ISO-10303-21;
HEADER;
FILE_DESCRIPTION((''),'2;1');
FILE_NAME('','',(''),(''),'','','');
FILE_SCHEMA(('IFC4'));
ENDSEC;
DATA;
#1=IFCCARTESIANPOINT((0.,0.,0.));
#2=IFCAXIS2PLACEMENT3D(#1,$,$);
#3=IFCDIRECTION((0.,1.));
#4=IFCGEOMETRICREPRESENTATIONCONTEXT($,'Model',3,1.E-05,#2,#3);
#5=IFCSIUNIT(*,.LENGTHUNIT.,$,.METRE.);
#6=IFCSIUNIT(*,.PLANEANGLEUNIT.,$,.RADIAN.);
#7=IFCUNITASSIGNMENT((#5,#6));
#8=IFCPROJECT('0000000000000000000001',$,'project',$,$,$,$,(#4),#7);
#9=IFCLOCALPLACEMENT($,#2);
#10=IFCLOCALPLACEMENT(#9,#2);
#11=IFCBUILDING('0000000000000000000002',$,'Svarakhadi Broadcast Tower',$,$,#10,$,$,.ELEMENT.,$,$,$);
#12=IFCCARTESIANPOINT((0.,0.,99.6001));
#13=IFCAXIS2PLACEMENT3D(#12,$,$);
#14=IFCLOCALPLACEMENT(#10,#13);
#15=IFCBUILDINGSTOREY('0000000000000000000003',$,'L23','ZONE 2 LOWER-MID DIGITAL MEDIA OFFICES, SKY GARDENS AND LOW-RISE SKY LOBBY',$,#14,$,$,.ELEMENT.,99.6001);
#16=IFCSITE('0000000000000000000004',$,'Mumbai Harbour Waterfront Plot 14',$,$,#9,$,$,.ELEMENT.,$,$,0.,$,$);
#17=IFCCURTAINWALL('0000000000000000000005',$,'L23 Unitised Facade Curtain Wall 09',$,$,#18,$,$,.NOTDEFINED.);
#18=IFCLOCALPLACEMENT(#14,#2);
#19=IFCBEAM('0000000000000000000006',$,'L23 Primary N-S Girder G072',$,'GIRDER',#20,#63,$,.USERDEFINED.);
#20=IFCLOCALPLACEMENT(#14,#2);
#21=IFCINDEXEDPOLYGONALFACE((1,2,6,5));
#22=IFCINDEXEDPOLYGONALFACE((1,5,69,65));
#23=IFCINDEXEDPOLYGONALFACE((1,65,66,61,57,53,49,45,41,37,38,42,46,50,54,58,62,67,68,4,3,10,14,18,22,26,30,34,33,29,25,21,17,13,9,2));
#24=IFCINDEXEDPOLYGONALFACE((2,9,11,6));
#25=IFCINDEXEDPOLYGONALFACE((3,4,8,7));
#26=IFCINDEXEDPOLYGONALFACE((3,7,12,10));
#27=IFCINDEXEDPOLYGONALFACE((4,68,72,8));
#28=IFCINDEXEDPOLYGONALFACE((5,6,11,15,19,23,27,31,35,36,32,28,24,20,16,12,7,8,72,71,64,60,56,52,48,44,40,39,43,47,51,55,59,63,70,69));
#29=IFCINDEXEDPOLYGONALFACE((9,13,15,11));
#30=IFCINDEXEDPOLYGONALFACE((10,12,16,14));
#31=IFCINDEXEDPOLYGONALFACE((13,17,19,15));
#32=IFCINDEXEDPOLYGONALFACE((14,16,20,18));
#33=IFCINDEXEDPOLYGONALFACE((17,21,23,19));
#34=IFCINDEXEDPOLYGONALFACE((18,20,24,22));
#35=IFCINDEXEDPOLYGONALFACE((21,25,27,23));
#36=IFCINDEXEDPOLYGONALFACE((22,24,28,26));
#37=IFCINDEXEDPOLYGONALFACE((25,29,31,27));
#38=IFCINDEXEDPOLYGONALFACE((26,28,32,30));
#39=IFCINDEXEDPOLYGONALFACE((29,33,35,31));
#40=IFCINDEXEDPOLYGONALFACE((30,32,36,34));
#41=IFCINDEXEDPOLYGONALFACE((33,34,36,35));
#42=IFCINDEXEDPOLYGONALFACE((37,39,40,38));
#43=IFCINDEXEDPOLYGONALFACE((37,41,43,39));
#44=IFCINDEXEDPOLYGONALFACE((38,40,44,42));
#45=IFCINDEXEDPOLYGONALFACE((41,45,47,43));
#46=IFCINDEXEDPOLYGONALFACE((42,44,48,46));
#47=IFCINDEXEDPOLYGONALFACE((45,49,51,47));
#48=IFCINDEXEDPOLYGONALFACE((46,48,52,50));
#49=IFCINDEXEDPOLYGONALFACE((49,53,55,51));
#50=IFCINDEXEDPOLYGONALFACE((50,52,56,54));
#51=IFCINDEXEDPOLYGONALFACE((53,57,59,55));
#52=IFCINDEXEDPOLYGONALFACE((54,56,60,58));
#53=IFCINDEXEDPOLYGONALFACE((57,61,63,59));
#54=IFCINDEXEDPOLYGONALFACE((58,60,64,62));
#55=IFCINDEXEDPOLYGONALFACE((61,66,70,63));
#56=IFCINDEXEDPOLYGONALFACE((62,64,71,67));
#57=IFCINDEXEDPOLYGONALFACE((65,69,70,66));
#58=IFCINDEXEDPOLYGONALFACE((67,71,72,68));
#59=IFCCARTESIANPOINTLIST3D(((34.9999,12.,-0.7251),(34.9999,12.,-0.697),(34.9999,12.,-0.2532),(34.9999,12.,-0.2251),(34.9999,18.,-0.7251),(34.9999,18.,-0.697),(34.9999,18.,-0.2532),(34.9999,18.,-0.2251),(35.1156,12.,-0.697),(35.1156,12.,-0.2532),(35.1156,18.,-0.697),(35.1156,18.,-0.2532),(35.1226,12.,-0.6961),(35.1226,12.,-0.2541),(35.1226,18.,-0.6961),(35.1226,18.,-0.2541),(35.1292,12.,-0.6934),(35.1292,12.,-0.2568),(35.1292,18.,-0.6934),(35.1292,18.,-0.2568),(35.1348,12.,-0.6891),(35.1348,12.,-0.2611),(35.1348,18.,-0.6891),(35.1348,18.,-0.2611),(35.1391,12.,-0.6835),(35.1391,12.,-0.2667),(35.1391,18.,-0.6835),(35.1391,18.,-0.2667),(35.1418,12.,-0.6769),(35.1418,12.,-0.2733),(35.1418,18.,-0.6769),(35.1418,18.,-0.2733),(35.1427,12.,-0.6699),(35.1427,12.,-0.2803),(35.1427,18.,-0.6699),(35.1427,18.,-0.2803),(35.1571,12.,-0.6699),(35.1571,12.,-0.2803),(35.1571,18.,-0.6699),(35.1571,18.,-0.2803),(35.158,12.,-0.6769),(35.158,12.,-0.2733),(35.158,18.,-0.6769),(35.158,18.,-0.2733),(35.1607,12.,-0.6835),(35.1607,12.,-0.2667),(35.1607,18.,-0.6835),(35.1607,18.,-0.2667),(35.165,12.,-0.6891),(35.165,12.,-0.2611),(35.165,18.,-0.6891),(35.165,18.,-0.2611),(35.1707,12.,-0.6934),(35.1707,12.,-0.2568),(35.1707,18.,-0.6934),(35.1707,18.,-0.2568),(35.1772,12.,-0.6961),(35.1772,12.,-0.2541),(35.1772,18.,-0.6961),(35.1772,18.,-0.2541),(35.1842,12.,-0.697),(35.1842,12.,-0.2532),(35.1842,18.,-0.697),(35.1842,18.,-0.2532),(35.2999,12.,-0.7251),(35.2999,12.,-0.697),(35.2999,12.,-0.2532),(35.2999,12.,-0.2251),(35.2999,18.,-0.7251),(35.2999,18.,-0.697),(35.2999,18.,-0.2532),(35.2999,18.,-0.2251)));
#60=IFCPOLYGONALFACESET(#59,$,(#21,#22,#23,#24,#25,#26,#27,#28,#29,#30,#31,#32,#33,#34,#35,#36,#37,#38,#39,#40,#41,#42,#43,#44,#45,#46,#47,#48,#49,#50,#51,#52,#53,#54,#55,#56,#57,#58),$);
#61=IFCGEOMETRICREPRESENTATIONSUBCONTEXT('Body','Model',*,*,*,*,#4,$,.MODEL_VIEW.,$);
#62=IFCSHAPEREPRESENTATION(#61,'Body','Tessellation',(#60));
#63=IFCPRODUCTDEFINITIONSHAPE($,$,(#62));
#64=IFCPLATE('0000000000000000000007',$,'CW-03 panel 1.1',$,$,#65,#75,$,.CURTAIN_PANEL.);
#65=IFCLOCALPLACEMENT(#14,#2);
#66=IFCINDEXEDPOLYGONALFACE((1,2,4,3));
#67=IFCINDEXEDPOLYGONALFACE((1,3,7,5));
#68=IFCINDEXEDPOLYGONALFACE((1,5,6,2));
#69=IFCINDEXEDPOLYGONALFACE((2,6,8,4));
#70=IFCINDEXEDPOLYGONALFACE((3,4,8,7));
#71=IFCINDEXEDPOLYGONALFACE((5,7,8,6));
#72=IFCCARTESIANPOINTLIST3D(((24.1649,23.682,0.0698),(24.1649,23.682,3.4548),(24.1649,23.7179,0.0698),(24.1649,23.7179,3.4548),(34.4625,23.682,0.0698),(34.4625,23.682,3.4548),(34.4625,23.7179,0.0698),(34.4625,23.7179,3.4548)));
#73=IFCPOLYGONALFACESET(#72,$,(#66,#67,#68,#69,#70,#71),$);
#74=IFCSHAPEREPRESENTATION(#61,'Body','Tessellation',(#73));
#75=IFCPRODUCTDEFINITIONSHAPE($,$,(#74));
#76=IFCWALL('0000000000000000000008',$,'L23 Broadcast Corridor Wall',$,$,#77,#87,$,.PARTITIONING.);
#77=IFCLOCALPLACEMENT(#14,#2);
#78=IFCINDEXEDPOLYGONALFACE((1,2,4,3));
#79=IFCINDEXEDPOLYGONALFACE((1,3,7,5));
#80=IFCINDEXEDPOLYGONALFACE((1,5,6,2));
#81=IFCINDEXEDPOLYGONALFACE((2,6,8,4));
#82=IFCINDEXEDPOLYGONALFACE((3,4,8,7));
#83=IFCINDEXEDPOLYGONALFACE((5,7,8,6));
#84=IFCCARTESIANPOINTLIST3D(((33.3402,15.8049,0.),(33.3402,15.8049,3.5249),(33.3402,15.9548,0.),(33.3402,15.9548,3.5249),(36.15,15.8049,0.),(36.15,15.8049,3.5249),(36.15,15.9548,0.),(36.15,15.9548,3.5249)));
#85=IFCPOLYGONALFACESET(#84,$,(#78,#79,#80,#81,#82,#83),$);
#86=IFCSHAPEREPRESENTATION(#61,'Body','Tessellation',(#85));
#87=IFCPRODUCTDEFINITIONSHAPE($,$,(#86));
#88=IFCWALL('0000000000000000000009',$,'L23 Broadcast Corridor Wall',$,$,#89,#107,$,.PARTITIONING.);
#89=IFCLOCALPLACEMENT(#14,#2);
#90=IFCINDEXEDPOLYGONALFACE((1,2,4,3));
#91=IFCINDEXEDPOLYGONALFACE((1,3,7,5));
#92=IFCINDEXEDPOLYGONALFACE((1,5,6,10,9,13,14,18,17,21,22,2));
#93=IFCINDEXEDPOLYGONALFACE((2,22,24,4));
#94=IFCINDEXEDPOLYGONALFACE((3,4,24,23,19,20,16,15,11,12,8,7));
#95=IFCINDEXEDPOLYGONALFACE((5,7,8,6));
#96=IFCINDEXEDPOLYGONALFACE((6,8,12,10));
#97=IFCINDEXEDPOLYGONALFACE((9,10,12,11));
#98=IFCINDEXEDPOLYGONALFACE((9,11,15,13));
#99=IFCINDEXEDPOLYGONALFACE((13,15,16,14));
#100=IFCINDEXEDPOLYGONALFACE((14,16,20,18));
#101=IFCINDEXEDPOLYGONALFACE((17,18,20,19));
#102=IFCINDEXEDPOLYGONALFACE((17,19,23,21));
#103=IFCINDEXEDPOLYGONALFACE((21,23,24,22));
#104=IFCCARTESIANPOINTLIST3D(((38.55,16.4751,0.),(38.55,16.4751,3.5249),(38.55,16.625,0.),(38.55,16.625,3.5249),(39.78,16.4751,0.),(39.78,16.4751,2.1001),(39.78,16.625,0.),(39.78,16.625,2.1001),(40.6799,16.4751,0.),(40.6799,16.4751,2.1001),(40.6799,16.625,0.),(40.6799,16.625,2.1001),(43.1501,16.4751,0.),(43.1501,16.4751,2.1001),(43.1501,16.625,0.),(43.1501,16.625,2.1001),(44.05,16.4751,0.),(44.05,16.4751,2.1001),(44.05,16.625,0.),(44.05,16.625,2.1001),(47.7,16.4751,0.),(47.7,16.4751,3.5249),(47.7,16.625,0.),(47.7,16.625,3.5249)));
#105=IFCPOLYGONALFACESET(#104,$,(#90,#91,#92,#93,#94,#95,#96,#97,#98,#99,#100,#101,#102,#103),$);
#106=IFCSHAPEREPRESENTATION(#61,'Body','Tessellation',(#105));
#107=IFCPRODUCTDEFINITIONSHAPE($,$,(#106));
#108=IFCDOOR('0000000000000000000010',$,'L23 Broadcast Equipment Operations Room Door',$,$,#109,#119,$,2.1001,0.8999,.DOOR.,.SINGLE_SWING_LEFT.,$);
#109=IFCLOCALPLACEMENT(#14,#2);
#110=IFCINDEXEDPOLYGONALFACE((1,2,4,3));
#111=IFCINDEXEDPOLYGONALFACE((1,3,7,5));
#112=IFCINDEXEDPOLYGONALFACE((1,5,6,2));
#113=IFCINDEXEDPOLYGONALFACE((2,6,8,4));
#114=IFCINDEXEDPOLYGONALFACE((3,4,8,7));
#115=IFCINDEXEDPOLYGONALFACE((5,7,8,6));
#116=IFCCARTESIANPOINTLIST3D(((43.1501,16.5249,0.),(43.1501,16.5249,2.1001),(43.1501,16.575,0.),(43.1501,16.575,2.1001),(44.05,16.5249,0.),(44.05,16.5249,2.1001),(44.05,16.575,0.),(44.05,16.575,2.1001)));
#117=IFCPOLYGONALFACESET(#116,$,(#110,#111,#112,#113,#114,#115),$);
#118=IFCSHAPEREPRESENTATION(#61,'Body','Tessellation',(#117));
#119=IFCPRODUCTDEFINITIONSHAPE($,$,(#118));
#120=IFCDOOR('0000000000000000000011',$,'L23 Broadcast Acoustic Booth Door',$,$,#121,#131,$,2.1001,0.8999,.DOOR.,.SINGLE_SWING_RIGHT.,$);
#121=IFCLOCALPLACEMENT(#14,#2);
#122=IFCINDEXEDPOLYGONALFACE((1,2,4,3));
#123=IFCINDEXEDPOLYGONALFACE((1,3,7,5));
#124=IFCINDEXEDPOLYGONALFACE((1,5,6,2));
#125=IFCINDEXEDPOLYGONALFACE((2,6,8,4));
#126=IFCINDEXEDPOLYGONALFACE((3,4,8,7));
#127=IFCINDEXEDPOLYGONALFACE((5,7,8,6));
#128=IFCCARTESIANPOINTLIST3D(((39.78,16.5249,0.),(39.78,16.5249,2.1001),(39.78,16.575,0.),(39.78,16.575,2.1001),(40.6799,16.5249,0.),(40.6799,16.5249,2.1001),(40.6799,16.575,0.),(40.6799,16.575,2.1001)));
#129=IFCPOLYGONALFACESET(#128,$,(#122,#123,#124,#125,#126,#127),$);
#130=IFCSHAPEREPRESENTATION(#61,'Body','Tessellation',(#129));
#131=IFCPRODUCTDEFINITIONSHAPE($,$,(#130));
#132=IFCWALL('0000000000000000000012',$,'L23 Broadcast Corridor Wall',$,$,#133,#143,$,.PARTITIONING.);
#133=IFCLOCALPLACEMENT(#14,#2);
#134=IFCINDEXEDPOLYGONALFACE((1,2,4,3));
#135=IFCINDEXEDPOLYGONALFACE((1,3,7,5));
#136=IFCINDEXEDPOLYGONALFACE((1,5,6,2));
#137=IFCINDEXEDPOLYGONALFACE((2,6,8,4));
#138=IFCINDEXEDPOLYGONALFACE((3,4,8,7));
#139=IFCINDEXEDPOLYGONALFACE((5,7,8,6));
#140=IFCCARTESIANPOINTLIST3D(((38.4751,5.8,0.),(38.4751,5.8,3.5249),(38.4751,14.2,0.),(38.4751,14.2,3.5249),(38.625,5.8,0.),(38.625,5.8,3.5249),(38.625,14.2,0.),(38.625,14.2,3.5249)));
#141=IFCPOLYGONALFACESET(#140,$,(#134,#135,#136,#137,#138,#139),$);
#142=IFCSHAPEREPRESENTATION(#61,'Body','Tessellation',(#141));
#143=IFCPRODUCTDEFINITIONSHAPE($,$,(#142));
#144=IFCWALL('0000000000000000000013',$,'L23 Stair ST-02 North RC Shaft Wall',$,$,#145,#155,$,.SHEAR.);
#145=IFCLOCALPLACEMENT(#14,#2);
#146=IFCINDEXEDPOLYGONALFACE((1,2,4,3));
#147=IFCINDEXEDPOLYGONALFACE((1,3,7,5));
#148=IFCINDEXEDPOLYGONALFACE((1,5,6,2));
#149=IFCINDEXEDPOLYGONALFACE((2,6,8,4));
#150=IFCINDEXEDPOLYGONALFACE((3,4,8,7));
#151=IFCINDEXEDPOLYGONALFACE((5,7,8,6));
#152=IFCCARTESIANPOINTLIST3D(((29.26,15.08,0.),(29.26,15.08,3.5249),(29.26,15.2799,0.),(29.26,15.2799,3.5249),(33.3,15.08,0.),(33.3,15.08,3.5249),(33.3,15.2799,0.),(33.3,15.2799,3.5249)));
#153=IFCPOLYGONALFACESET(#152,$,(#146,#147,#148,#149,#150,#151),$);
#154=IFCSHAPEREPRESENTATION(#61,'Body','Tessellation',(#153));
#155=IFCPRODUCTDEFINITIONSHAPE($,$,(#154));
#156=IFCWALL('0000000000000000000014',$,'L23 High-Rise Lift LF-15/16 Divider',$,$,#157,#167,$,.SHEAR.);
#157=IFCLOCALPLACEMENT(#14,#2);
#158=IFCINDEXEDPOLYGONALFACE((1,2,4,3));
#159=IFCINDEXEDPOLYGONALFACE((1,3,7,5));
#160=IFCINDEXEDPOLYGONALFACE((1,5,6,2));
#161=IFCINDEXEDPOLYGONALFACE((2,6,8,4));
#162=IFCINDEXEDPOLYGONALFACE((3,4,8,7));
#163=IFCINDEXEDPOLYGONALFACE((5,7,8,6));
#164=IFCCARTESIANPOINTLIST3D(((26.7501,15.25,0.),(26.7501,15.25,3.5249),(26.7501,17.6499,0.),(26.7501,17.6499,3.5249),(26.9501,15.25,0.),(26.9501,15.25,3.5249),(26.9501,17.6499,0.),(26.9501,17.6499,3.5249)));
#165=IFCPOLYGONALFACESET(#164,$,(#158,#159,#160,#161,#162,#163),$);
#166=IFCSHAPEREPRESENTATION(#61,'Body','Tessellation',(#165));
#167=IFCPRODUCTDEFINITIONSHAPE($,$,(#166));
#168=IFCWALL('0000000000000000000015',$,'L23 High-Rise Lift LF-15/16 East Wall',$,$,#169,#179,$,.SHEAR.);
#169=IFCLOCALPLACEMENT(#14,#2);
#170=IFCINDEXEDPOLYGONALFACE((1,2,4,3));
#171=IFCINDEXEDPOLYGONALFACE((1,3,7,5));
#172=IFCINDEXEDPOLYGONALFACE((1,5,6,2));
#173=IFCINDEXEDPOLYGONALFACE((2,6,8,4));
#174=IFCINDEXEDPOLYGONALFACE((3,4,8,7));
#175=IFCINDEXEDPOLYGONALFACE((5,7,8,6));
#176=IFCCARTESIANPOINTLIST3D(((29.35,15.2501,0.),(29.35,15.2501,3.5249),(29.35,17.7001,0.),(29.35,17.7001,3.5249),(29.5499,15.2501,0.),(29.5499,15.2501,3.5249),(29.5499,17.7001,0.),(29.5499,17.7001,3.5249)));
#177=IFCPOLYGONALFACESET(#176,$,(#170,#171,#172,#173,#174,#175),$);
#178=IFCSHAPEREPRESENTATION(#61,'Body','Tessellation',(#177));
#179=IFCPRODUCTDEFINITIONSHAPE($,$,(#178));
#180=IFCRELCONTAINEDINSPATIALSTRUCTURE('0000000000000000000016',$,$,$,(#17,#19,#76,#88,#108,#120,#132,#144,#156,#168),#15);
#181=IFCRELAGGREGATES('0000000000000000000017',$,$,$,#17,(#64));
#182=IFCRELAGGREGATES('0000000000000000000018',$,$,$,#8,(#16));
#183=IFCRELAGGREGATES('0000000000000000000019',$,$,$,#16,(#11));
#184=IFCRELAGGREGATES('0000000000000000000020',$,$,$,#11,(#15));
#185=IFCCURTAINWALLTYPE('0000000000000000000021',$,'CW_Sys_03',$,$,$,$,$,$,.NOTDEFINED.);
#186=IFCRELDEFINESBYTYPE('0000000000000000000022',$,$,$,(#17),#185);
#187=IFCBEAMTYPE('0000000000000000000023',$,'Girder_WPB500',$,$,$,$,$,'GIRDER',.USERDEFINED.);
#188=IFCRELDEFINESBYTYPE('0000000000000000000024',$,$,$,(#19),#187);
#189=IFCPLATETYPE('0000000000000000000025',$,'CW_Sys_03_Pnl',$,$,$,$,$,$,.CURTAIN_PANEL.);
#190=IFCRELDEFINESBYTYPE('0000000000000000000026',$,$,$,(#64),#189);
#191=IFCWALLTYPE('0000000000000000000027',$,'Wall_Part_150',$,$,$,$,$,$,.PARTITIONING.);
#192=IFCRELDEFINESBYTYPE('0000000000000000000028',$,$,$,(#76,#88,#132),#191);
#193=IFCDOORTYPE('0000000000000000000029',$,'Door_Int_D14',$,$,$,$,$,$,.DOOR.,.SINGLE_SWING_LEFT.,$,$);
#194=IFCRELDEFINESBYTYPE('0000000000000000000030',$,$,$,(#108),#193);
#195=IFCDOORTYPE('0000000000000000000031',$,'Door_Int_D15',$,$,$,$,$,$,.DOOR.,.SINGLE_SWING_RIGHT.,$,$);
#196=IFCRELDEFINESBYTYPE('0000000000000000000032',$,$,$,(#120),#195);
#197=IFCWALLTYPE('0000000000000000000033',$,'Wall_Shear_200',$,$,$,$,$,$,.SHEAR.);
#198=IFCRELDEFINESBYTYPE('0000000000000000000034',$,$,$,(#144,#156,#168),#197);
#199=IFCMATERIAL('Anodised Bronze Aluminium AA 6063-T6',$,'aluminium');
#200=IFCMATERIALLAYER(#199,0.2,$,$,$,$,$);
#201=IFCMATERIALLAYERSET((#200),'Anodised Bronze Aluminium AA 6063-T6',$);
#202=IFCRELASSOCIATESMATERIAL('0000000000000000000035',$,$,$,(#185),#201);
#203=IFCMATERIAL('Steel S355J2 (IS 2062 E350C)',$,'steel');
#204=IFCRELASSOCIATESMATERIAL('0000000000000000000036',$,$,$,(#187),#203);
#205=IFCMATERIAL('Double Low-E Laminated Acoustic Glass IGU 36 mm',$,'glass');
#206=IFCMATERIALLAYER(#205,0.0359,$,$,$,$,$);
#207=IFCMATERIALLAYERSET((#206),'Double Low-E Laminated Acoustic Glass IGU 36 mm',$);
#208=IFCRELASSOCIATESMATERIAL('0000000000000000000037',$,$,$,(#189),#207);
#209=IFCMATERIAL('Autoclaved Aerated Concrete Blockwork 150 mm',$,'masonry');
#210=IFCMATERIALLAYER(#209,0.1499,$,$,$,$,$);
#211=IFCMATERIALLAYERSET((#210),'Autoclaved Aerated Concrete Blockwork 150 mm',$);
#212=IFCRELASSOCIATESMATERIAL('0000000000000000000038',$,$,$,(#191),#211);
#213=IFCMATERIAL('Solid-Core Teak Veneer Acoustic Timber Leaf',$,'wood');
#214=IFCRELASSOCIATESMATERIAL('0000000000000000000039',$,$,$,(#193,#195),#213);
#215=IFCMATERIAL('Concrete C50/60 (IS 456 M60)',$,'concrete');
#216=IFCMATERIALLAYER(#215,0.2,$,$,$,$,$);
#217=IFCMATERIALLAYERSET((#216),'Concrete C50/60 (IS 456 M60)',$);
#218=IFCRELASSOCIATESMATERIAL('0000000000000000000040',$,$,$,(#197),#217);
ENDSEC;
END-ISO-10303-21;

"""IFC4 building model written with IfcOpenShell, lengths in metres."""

from ifc_helpers import new_model, si_unit, direction, frame, frame_2d, origin, origin_2d, place, context, subcontext, project, spatial, rectangle, i_section, extrude, material, layer, layer_set, material_profile, profile_set, type_object, element, fill, aggregate, save


model = new_model("IFC4")

# Units and contexts
model_context = context("Model", 3, precision=1e-05, world=origin(), true_north=direction((0.0, 1.0)))
body_context = subcontext(model_context, "Body", "Model", "MODEL_VIEW")
ifc_project = project(units=[si_unit("LENGTHUNIT", "METRE"), si_unit("PLANEANGLEUNIT", "RADIAN")], contexts=[model_context])

# Site, building, storey
site_placement = place(None, origin())
site = spatial("IfcSite", under=ifc_project, at=site_placement, Name="Mumbai Harbour Waterfront Plot 14", CompositionType="ELEMENT", RefElevation=0.0)
building_placement = place(site_placement, origin())
building = spatial("IfcBuilding", under=site, at=building_placement, Name="Svarakhadi Broadcast Tower", CompositionType="ELEMENT")
storey_placement = place(building_placement, frame((0.0, 0.0, 99.6001)))
storey = spatial("IfcBuildingStorey", under=building, at=storey_placement, Name="L23", Description="ZONE 2 LOWER-MID DIGITAL MEDIA OFFICES, SKY GARDENS AND LOW-RISE SKY LOBBY", CompositionType="ELEMENT", Elevation=99.6001)

# Shared definitions
ifc_material_1 = material(Name="Concrete C50/60 (IS 456 M60)", Category="concrete")

# Shared definitions
ifc_material_2 = material(Name="Steel S355J2 (IS 2062 E350C)", Category="steel")

# Curtain wall
ifc_material_3 = material(Name="Anodised Bronze Aluminium AA 6063-T6", Category="aluminium")
ifc_layer_1 = layer(ifc_material_3, 0.2)
ifc_layer_set_1 = layer_set([ifc_layer_1], Name="Anodised Bronze Aluminium AA 6063-T6")
curtain_wall_type = type_object("IfcCurtainWallType", Name="CW_Sys_03", PredefinedType="NOTDEFINED", material=ifc_layer_set_1)
curtain_wall_placement = place(storey_placement, origin())
curtain_wall = element("IfcCurtainWall", 1, at=curtain_wall_placement, inside=storey, type_object=curtain_wall_type, Name="L23 Unitised Facade Curtain Wall 09", PredefinedType="NOTDEFINED")

# Beam
ifc_material_profile_1 = material_profile(ifc_material_2, i_section(OverallWidth=0.3, OverallDepth=0.5, WebThickness=0.0144, FlangeThickness=0.0281, FilletRadius=0.0271, at=origin_2d()), Name="WPB 500x300x187")
ifc_profile_set_1 = profile_set([ifc_material_profile_1], Name="Steel S355J2 (IS 2062 E350C)")
beam_type_1 = type_object("IfcBeamType", Name="Girder_WPB500", ElementType="GIRDER", PredefinedType="USERDEFINED", material=ifc_profile_set_1)
beam_1_placement = place(storey_placement, frame((35.1499, 12.0, -0.4751), z_axis=(0.0, 1.0, 0.0), x_axis=(-1.0, 0.0, 0.0)))
element("IfcBeam", 2, at=beam_1_placement, inside=storey, type_object=beam_type_1, Name="L23 Primary N-S Girder G072", ObjectType="GIRDER", PredefinedType="USERDEFINED", context=body_context, shape_type="SweptSolid", body=[
    extrude(i_section(OverallWidth=0.3, OverallDepth=0.5, WebThickness=0.0144, FlangeThickness=0.0281, FilletRadius=0.0271, at=origin_2d()), origin(), (0.0, 0.0, 1.0), 6.0),
])

# Plate
ifc_material_4 = material(Name="Double Low-E Laminated Acoustic Glass IGU 36 mm", Category="glass")
ifc_layer_2 = layer(ifc_material_4, 0.0359)
ifc_layer_set_2 = layer_set([ifc_layer_2], Name="Double Low-E Laminated Acoustic Glass IGU 36 mm")
plate_type = type_object("IfcPlateType", Name="CW_Sys_03_Pnl", PredefinedType="CURTAIN_PANEL", material=ifc_layer_set_2)
plate_placement = place(storey_placement, frame((29.3137, 23.7, 0.0698), z_axis=(0.0, 0.0, 1.0), x_axis=(1.0, 0.0, 0.0)))
plate = element("IfcPlate", 3, at=plate_placement, type_object=plate_type, Name="CW-03 panel 1.1", PredefinedType="CURTAIN_PANEL", context=body_context, shape_type="SweptSolid", body=[
    extrude(rectangle(XDim=10.2976, YDim=0.0359, at=origin_2d()), origin(), (0.0, 0.0, 1.0), 3.385),
])
aggregate(curtain_wall, [plate])

# Shared definitions
ifc_material_5 = material(Name="Autoclaved Aerated Concrete Blockwork 150 mm", Category="masonry")
ifc_layer_3 = layer(ifc_material_5, 0.1499)
ifc_layer_set_3 = layer_set([ifc_layer_3], Name="Autoclaved Aerated Concrete Blockwork 150 mm")
wall_type_1 = type_object("IfcWallType", Name="Wall_Part_150", PredefinedType="PARTITIONING", material=ifc_layer_set_3)

# Wall
wall_1_placement = place(storey_placement, frame((36.1499, 15.8799, 0.0), z_axis=(0.0, 0.0, 1.0), x_axis=(-1.0, 0.0, 0.0)))
element("IfcWall", 4, at=wall_1_placement, inside=storey, type_object=wall_type_1, Name="L23 Broadcast Corridor Wall", PredefinedType="PARTITIONING", context=body_context, shape_type="SweptSolid", body=[
    extrude(rectangle(XDim=2.8098, YDim=0.1499, at=frame_2d((1.4048, 0.0))), origin(), (0.0, 0.0, 1.0), 3.5249),
])

# Wall, openings, doors
wall_2_placement = place(storey_placement, frame((38.55, 16.55, 0.0), z_axis=(0.0, 0.0, 1.0), x_axis=(1.0, 0.0, 0.0)))
wall_2 = element("IfcWall", 5, at=wall_2_placement, inside=storey, type_object=wall_type_1, Name="L23 Broadcast Corridor Wall", PredefinedType="PARTITIONING", context=body_context, shape_type="SweptSolid", body=[
    extrude(rectangle(XDim=9.1499, YDim=0.1499, at=frame_2d((4.575, 0.0))), origin(), (0.0, 0.0, 1.0), 3.5249),
])
opening_1_placement = place(wall_2_placement, frame((1.23, 0.0, 0.0)))
opening_1 = element("IfcOpeningElement", 6, at=opening_1_placement, cuts=wall_2, PredefinedType="OPENING", context=body_context, shape_type="SweptSolid", body=[
    extrude(rectangle(XDim=0.8999, YDim=2.1001, at=frame_2d((0.45, 1.05))), frame((0.0, 0.085, 0.0), z_axis=(0.0, -1.0, 0.0), x_axis=(1.0, 0.0, 0.0)), (0.0, 0.0, 1.0), 0.1699),
])
opening_2_placement = place(wall_2_placement, frame((4.6001, 0.0, 0.0)))
opening_2 = element("IfcOpeningElement", 7, at=opening_2_placement, cuts=wall_2, PredefinedType="OPENING", context=body_context, shape_type="SweptSolid", body=[
    extrude(rectangle(XDim=0.8999, YDim=2.1001, at=frame_2d((0.45, 1.05))), frame((0.0, 0.085, 0.0), z_axis=(0.0, -1.0, 0.0), x_axis=(1.0, 0.0, 0.0)), (0.0, 0.0, 1.0), 0.1699),
])
ifc_material_6 = material(Name="Solid-Core Teak Veneer Acoustic Timber Leaf", Category="wood")
door_type_1 = type_object("IfcDoorType", Name="Door_Int_D14", OperationType="SINGLE_SWING_LEFT", PredefinedType="DOOR", material=ifc_material_6)
door_1_placement = place(opening_2_placement, origin())
door_1 = element("IfcDoor", 8, at=door_1_placement, inside=storey, type_object=door_type_1, Name="L23 Broadcast Equipment Operations Room Door", OperationType="SINGLE_SWING_LEFT", OverallHeight=2.1001, OverallWidth=0.8999, PredefinedType="DOOR", context=body_context, shape_type="SweptSolid", body=[
    extrude(rectangle(XDim=0.8999, YDim=2.1001, at=frame_2d((0.45, 1.05))), frame((0.0, 0.0249, 0.0), z_axis=(0.0, -1.0, 0.0), x_axis=(1.0, 0.0, 0.0)), (0.0, 0.0, 1.0), 0.05),
])
fill(opening_2, door_1)
door_type_2 = type_object("IfcDoorType", Name="Door_Int_D15", OperationType="SINGLE_SWING_RIGHT", PredefinedType="DOOR", material=ifc_material_6)
door_2_placement = place(opening_1_placement, origin())
door_2 = element("IfcDoor", 9, at=door_2_placement, inside=storey, type_object=door_type_2, Name="L23 Broadcast Acoustic Booth Door", OperationType="SINGLE_SWING_RIGHT", OverallHeight=2.1001, OverallWidth=0.8999, PredefinedType="DOOR", context=body_context, shape_type="SweptSolid", body=[
    extrude(rectangle(XDim=0.8999, YDim=2.1001, at=frame_2d((0.45, 1.05))), frame((0.0, 0.0249, 0.0), z_axis=(0.0, -1.0, 0.0), x_axis=(1.0, 0.0, 0.0)), (0.0, 0.0, 1.0), 0.05),
])
fill(opening_1, door_2)

# Walls
wall_3_placement = place(storey_placement, frame((38.55, 14.2, 0.0), z_axis=(0.0, 0.0, 1.0), x_axis=(0.0, -1.0, 0.0)))
element("IfcWall", 10, at=wall_3_placement, inside=storey, type_object=wall_type_1, Name="L23 Broadcast Corridor Wall", PredefinedType="PARTITIONING", context=body_context, shape_type="SweptSolid", body=[
    extrude(rectangle(XDim=8.3999, YDim=0.1499, at=frame_2d((4.2, 0.0))), origin(), (0.0, 0.0, 1.0), 3.5249),
])
ifc_layer_4 = layer(ifc_material_1, 0.2)
ifc_layer_set_4 = layer_set([ifc_layer_4], Name="Concrete C50/60 (IS 456 M60)")
wall_type_2 = type_object("IfcWallType", Name="Wall_Shear_200", PredefinedType="SHEAR", material=ifc_layer_set_4)
wall_4_placement = place(storey_placement, frame((29.26, 15.1799, 0.0), z_axis=(0.0, 0.0, 1.0), x_axis=(1.0, 0.0, 0.0)))
element("IfcWall", 11, at=wall_4_placement, inside=storey, type_object=wall_type_2, Name="L23 Stair ST-02 North RC Shaft Wall", PredefinedType="SHEAR", context=body_context, shape_type="SweptSolid", body=[
    extrude(rectangle(XDim=4.04, YDim=0.2, at=frame_2d((2.02, 0.0))), origin(), (0.0, 0.0, 1.0), 3.5249),
])

# Walls
wall_5_placement = place(storey_placement, frame((26.8501, 15.25, 0.0), z_axis=(0.0, 0.0, 1.0), x_axis=(0.0, 1.0, 0.0)))
element("IfcWall", 12, at=wall_5_placement, inside=storey, type_object=wall_type_2, Name="L23 High-Rise Lift LF-15/16 Divider", PredefinedType="SHEAR", context=body_context, shape_type="SweptSolid", body=[
    extrude(rectangle(XDim=2.3999, YDim=0.2, at=frame_2d((1.2, 0.0))), origin(), (0.0, 0.0, 1.0), 3.5249),
])
wall_6_placement = place(storey_placement, frame((29.45, 15.25, 0.0), z_axis=(0.0, 0.0, 1.0), x_axis=(0.0, 1.0, 0.0)))
element("IfcWall", 13, at=wall_6_placement, inside=storey, type_object=wall_type_2, Name="L23 High-Rise Lift LF-15/16 East Wall", PredefinedType="SHEAR", context=body_context, shape_type="SweptSolid", body=[
    extrude(rectangle(XDim=2.45, YDim=0.2, at=frame_2d((1.2251, 0.0))), origin(), (0.0, 0.0, 1.0), 3.5249),
])

save(model, "model.ifc")
